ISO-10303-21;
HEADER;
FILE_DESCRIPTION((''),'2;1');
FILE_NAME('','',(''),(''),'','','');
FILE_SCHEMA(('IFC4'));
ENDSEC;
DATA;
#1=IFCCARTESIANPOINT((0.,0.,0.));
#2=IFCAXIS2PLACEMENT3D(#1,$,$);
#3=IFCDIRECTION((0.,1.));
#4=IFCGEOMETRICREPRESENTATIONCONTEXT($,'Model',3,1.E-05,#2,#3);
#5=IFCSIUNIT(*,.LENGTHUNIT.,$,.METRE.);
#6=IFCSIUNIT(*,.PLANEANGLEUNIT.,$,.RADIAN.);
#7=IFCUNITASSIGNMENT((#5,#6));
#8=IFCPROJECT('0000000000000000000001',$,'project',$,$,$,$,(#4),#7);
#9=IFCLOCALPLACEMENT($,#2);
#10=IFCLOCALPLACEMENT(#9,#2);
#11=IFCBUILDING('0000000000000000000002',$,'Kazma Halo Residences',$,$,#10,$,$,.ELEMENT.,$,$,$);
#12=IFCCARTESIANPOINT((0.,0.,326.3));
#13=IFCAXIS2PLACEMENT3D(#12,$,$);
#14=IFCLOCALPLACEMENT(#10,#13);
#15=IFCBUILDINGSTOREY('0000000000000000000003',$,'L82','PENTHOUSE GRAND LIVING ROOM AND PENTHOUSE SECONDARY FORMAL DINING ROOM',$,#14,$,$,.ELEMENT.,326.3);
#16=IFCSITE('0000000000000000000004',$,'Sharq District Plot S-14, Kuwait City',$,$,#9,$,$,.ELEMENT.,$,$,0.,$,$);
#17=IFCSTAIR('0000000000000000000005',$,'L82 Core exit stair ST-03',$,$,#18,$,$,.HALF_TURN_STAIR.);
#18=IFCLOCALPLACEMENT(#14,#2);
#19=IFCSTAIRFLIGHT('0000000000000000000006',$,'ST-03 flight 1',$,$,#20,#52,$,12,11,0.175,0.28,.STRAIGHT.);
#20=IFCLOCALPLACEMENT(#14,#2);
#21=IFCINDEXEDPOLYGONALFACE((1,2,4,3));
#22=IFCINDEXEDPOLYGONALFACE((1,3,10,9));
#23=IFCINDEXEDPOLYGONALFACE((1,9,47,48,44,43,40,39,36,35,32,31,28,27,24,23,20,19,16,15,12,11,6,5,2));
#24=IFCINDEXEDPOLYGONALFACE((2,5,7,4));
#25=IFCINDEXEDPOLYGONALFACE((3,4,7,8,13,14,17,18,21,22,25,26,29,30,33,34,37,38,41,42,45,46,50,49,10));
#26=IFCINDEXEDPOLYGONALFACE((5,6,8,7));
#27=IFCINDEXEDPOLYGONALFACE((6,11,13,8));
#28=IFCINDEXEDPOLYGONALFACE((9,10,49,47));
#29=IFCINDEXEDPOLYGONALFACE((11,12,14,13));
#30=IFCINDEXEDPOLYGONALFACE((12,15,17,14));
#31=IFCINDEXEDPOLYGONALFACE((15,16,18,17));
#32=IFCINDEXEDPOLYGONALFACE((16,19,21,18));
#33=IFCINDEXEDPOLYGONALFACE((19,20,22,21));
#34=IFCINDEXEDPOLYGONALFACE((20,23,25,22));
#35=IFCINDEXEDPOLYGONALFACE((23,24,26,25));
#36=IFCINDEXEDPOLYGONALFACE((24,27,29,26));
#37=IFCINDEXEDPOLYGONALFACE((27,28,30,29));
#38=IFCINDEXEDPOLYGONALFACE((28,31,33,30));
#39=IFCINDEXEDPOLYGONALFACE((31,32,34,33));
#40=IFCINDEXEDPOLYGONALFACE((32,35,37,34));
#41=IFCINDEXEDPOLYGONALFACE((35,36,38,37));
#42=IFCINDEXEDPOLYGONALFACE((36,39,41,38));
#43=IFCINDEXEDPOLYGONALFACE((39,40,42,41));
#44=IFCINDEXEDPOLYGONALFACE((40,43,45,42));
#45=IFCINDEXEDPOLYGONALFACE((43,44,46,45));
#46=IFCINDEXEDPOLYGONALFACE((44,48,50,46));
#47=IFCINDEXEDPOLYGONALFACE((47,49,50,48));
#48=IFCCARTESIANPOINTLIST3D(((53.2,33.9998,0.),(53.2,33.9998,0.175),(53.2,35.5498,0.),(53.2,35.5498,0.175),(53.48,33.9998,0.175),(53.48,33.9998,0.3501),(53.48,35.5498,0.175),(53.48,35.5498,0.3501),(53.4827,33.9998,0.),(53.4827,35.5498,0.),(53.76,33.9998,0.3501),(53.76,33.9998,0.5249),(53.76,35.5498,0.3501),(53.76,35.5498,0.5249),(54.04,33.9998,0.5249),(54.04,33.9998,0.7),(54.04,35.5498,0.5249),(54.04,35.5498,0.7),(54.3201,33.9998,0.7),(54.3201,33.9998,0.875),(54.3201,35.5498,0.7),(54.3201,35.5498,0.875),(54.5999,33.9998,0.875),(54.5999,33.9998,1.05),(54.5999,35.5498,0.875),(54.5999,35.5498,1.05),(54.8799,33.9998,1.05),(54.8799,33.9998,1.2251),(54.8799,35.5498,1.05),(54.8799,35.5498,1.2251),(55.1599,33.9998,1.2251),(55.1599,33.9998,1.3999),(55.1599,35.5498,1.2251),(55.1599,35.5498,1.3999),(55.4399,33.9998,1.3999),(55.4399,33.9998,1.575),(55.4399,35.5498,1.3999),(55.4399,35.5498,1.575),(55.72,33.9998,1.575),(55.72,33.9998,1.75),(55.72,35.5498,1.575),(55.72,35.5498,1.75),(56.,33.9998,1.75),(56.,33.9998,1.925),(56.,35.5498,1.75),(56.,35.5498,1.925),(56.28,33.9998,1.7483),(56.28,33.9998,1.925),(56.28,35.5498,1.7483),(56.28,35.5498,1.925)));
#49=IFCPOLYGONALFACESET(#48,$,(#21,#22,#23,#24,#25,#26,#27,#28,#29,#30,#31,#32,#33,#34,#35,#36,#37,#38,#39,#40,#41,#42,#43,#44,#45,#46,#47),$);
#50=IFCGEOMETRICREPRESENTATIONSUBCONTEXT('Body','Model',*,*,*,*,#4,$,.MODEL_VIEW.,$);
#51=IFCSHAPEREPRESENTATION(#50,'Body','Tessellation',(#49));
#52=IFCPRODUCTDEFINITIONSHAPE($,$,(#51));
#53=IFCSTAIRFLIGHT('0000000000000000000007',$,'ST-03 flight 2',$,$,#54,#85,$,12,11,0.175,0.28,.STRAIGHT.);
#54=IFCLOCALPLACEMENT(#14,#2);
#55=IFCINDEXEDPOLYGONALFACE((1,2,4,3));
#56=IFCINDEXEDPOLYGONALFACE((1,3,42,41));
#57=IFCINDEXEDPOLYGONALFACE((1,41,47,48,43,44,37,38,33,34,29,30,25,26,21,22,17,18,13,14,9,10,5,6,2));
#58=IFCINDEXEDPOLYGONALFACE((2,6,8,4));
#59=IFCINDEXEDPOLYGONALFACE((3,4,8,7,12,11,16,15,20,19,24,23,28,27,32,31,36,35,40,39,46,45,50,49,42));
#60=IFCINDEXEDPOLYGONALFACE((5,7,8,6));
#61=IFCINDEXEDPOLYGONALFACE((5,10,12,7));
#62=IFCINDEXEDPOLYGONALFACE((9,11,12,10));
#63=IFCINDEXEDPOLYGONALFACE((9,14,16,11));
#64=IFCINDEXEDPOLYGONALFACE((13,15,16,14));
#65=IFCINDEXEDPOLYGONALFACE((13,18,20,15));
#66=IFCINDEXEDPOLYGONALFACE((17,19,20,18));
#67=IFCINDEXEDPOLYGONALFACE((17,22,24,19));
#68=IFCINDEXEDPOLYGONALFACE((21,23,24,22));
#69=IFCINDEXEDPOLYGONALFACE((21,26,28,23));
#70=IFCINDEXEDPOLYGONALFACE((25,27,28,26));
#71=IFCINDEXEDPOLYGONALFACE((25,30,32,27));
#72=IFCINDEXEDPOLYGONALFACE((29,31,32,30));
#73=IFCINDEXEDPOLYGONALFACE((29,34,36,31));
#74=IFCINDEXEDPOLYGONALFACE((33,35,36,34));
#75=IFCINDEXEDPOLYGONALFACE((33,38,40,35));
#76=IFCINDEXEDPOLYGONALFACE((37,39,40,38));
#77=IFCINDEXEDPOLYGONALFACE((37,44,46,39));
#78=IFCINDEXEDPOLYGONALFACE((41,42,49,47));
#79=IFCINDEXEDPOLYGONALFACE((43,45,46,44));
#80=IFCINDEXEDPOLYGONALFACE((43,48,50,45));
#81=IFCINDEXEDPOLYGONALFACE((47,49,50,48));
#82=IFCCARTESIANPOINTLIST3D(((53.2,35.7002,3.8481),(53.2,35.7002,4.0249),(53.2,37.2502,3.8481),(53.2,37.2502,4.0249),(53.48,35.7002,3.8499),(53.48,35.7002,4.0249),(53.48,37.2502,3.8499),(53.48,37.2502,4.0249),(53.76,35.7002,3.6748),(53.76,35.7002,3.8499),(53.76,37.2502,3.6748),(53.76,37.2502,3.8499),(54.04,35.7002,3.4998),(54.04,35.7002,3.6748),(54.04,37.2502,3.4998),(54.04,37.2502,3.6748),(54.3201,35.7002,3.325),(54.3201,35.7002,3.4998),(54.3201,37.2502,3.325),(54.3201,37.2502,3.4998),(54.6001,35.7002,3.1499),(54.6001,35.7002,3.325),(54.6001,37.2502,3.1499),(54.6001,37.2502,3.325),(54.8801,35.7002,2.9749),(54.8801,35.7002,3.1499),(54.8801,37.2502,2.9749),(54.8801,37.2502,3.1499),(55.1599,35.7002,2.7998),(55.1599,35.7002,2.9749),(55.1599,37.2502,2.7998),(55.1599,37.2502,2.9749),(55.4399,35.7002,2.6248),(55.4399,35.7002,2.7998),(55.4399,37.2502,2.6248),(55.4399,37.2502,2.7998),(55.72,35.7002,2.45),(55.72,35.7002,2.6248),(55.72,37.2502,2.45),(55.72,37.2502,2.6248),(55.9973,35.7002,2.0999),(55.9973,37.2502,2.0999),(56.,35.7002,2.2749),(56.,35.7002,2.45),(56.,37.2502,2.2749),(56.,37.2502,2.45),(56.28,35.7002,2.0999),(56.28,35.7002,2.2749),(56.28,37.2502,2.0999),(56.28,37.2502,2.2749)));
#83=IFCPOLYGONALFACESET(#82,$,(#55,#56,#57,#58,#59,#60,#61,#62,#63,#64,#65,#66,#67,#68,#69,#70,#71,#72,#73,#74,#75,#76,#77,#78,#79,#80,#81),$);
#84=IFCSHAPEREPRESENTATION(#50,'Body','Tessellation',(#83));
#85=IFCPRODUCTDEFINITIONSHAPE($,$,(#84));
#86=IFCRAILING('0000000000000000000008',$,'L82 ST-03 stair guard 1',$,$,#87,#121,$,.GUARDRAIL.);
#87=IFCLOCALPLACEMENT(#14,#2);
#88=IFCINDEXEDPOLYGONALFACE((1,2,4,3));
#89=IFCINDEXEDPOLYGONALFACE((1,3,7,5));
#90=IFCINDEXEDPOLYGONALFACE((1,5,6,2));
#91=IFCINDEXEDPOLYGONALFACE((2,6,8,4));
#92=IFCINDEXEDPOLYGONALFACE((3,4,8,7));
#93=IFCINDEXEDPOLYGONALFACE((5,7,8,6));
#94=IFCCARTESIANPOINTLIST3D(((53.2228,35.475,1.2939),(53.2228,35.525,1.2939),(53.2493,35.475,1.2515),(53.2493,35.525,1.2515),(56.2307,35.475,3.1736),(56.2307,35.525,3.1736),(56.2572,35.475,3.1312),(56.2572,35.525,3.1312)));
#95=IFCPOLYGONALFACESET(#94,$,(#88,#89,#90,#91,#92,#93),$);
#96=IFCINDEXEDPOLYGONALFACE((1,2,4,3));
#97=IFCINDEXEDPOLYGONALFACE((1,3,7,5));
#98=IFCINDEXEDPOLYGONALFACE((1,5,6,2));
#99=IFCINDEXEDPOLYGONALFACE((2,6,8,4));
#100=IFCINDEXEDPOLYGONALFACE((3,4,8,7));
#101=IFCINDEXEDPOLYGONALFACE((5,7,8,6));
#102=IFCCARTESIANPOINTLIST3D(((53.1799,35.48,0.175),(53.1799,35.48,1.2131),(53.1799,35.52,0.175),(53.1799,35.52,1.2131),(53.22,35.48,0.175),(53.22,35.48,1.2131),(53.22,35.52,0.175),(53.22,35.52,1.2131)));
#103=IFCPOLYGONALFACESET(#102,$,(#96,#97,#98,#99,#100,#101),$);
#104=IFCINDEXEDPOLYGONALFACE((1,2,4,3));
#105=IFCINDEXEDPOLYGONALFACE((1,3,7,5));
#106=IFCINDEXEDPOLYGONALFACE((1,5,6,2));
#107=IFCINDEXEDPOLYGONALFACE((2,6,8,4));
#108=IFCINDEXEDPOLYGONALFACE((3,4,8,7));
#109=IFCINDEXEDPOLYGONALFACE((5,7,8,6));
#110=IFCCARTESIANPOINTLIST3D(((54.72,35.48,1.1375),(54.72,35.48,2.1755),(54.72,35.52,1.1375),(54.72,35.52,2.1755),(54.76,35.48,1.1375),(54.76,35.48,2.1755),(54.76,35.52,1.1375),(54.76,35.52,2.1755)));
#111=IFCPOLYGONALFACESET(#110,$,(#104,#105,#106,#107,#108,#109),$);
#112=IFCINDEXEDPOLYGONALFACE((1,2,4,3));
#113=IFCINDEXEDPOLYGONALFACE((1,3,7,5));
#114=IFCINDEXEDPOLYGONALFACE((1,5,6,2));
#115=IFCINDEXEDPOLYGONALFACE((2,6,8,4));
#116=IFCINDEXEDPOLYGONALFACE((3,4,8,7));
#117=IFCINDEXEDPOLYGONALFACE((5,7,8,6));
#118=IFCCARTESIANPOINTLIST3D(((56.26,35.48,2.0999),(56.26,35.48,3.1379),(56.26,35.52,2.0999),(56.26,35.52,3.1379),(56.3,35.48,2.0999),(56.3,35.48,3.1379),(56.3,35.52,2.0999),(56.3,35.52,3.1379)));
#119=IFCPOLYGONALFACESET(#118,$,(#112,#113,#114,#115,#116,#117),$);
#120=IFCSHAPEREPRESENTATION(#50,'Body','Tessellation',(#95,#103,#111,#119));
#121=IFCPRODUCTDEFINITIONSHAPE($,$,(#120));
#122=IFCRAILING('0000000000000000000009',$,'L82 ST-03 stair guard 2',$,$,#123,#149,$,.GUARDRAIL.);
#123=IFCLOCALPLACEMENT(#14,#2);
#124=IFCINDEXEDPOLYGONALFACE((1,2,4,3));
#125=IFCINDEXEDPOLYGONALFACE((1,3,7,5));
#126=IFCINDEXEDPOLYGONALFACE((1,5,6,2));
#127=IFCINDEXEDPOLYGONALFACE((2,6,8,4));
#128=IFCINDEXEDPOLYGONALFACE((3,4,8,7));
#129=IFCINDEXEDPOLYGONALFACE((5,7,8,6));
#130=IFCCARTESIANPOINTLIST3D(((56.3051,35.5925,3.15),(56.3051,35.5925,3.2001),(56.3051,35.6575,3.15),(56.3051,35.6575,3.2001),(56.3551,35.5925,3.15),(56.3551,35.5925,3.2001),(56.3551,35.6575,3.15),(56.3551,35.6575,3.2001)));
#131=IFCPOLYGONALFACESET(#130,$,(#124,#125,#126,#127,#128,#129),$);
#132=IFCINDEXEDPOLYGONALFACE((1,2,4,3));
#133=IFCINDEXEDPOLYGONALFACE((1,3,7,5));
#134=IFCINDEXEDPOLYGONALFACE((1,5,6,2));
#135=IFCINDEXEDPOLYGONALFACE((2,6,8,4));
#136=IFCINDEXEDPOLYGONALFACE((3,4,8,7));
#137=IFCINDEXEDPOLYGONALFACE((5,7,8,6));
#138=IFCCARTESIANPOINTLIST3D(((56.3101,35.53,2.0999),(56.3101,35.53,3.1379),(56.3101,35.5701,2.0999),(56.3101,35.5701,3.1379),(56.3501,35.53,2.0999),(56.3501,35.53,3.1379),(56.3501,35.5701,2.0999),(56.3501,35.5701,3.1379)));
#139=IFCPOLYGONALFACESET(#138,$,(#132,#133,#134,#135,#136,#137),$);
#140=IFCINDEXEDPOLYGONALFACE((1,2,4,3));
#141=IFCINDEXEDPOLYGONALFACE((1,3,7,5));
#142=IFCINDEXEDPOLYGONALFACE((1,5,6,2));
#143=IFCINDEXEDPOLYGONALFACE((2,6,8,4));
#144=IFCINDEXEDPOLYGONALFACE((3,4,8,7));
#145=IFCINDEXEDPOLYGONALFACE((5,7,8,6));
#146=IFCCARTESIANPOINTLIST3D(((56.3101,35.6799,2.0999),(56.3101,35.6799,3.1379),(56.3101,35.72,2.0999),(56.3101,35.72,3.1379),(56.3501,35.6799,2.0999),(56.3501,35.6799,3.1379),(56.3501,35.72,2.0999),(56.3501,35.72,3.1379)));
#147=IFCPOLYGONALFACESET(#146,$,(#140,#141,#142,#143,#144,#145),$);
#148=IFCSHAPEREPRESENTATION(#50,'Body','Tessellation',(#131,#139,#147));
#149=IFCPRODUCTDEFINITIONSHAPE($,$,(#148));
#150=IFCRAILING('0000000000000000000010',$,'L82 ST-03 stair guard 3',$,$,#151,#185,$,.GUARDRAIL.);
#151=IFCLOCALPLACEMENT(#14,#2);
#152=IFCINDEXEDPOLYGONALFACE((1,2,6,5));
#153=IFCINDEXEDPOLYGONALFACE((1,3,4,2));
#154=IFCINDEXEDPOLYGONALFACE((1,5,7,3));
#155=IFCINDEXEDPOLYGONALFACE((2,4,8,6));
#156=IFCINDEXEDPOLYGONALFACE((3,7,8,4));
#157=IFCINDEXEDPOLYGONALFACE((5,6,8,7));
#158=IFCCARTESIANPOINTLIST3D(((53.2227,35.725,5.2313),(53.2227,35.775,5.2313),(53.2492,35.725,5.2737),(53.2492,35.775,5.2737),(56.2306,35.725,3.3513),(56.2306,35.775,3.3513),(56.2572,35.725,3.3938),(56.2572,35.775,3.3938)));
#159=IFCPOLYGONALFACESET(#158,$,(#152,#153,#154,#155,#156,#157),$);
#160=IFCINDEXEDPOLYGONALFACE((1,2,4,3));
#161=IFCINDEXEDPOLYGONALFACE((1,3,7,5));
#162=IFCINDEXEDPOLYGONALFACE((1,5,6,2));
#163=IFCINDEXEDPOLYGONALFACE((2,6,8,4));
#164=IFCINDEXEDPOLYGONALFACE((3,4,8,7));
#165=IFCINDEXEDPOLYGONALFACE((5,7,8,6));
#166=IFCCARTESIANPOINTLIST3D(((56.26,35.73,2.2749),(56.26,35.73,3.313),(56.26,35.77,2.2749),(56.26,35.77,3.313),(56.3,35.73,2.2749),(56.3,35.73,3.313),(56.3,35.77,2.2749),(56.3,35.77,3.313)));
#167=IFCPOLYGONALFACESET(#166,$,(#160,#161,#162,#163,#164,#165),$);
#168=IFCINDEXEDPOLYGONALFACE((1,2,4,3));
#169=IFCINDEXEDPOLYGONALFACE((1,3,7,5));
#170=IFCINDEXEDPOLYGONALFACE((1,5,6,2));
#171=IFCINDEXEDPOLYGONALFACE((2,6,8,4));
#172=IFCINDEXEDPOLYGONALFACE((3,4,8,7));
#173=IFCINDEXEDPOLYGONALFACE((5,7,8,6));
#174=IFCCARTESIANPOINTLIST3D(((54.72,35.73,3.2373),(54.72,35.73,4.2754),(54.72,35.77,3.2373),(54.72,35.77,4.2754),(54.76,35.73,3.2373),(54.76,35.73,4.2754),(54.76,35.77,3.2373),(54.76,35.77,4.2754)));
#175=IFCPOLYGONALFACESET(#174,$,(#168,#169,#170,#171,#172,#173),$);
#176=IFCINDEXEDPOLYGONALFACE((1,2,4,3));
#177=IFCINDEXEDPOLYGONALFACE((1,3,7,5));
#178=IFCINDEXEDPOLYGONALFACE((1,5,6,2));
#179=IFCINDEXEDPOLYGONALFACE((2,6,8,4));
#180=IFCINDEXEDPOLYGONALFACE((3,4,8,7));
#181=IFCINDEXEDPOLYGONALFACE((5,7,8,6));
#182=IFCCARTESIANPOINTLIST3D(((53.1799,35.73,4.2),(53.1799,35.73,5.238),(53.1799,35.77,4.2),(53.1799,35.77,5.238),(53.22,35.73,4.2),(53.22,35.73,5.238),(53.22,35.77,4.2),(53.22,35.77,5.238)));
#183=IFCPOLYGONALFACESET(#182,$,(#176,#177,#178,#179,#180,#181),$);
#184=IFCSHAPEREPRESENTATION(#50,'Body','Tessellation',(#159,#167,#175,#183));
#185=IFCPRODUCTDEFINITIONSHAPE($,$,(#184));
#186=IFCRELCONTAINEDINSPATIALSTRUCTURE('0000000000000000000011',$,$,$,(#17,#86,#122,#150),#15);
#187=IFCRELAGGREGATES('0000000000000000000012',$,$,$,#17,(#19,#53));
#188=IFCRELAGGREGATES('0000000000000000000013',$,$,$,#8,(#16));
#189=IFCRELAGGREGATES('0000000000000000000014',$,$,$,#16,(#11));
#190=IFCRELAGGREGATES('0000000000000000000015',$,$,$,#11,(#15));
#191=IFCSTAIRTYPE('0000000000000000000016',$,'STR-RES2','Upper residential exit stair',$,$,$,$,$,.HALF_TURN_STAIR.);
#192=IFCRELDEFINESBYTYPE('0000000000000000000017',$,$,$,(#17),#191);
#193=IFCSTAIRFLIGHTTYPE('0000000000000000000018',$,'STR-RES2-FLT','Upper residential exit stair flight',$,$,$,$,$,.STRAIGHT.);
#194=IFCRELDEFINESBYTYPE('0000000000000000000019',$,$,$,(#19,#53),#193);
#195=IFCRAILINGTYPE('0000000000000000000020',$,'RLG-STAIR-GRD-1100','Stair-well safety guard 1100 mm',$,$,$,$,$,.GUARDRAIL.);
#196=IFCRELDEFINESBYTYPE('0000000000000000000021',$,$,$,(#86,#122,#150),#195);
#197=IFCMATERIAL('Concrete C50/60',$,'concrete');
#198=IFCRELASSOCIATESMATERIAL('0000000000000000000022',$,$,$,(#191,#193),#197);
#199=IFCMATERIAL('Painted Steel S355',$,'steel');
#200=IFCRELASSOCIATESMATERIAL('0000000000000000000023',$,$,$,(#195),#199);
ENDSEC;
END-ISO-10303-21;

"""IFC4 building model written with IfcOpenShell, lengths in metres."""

from ifc_helpers import new_model, si_unit, direction, frame, origin, origin_2d, place, context, subcontext, project, spatial, polyline, rectangle, outline, extrude, material, type_object, element, aggregate, save


model = new_model("IFC4")

# Units and contexts
model_context = context("Model", 3, precision=1e-05, world=origin(), true_north=direction((0.0, 1.0)))
body_context = subcontext(model_context, "Body", "Model", "MODEL_VIEW")
ifc_project = project(units=[si_unit("LENGTHUNIT", "METRE"), si_unit("PLANEANGLEUNIT", "RADIAN")], contexts=[model_context])

# Site, building, storey
site_placement = place(None, origin())
site = spatial("IfcSite", under=ifc_project, at=site_placement, Name="Sharq District Plot S-14, Kuwait City", CompositionType="ELEMENT", RefElevation=0.0)
building_placement = place(site_placement, origin())
building = spatial("IfcBuilding", under=site, at=building_placement, Name="Kazma Halo Residences", CompositionType="ELEMENT")
storey_placement = place(building_placement, frame((0.0, 0.0, 326.3)))
storey = spatial("IfcBuildingStorey", under=building, at=storey_placement, Name="L82", Description="PENTHOUSE GRAND LIVING ROOM AND PENTHOUSE SECONDARY FORMAL DINING ROOM", CompositionType="ELEMENT", Elevation=326.3)

# Shared definitions
ifc_material_1 = material(Name="Concrete C50/60", Category="concrete")

# Stair, stair flights
stair_type = type_object("IfcStairType", Name="STR-RES2", Description="Upper residential exit stair", PredefinedType="HALF_TURN_STAIR", material=ifc_material_1)
stair_placement = place(storey_placement, origin())
stair = element("IfcStair", 1, at=stair_placement, inside=storey, type_object=stair_type, Name="L82 Core exit stair ST-03", PredefinedType="HALF_TURN_STAIR")
stair_flight_type = type_object("IfcStairFlightType", Name="STR-RES2-FLT", Description="Upper residential exit stair flight", PredefinedType="STRAIGHT", material=ifc_material_1)
stair_flight_1_placement = place(storey_placement, frame((53.2, 34.7749, 0.0), z_axis=(0.0, 0.0, 1.0), x_axis=(1.0, 0.0, 0.0)))
stair_flight_1 = element("IfcStairFlight", 2, at=stair_flight_1_placement, type_object=stair_flight_type, Name="ST-03 flight 1", NumberOfRisers=12, NumberOfTreads=11, PredefinedType="STRAIGHT", RiserHeight=0.175, TreadLength=0.28, context=body_context, shape_type="SweptSolid", body=[
    extrude(outline(polyline([(0.0, 0.0), (0.0, 0.175), (0.28, 0.175), (0.28, 0.3501), (0.5601, 0.3501), (0.5601, 0.5249), (0.8401, 0.5249), (0.8401, 0.7), (1.1201, 0.7), (1.1201, 0.875), (1.3999, 0.875), (1.3999, 1.05), (1.6799, 1.05), (1.6799, 1.2251), (1.96, 1.2251), (1.96, 1.3999), (2.24, 1.3999), (2.24, 1.575), (2.52, 1.575), (2.52, 1.75), (2.8, 1.75), (2.8, 1.925), (3.0801, 1.925), (3.0801, 2.1001), (3.0801, 1.7483), (0.2827, 0.0), (0.0, 0.0)])), frame((0.0, 0.7749, 0.0), z_axis=(0.0, -1.0, 0.0), x_axis=(1.0, 0.0, 0.0)), (0.0, 0.0, 1.0), 1.55),
])
stair_flight_2_placement = place(storey_placement, frame((56.28, 36.4751, 2.0999), z_axis=(0.0, 0.0, 1.0), x_axis=(-1.0, 0.0, 0.0)))
stair_flight_2 = element("IfcStairFlight", 3, at=stair_flight_2_placement, type_object=stair_flight_type, Name="ST-03 flight 2", NumberOfRisers=12, NumberOfTreads=11, PredefinedType="STRAIGHT", RiserHeight=0.175, TreadLength=0.28, context=body_context, shape_type="SweptSolid", body=[
    extrude(outline(polyline([(0.0, 0.0), (0.0, 0.175), (0.28, 0.175), (0.28, 0.3501), (0.5601, 0.3501), (0.5601, 0.5249), (0.8401, 0.5249), (0.8401, 0.7), (1.1201, 0.7), (1.1201, 0.875), (1.3999, 0.875), (1.3999, 1.05), (1.6799, 1.05), (1.6799, 1.2251), (1.96, 1.2251), (1.96, 1.3999), (2.24, 1.3999), (2.24, 1.575), (2.52, 1.575), (2.52, 1.75), (2.8, 1.75), (2.8, 1.925), (3.0801, 1.925), (3.0801, 2.1001), (3.0801, 1.7483), (0.2827, 0.0), (0.0, 0.0)])), frame((0.0, 0.7749, 0.0), z_axis=(0.0, -1.0, 0.0), x_axis=(1.0, 0.0, 0.0)), (0.0, 0.0, 1.0), 1.55),
])
aggregate(stair, [stair_flight_1, stair_flight_2])

# Railings
ifc_material_2 = material(Name="Painted Steel S355", Category="steel")
railing_type_1 = type_object("IfcRailingType", Name="RLG-STAIR-GRD-1100", Description="Stair-well safety guard 1100 mm", PredefinedType="GUARDRAIL", material=ifc_material_2)
railing_1_placement = place(storey_placement, frame((53.2, 35.5, 0.175)))
element("IfcRailing", 4, at=railing_1_placement, inside=storey, type_object=railing_type_1, Name="L82 ST-03 stair guard 1", PredefinedType="GUARDRAIL", context=body_context, shape_type="SweptSolid", body=[
    extrude(rectangle(XDim=0.05, YDim=0.05, at=origin_2d()), frame((0.0361, 0.0, 1.0977), z_axis=(0.848029, 0.0, 0.529951), x_axis=(0.0, 1.0, 0.0)), (0.0, 0.0, 1.0), 3.5469),
    extrude(rectangle(XDim=0.04, YDim=0.04, at=origin_2d()), origin(), (0.0, 0.0, 1.0), 1.0381),
    extrude(rectangle(XDim=0.04, YDim=0.04, at=origin_2d()), frame((1.54, 0.0, 0.9624)), (0.0, 0.0, 1.0), 1.0381),
    extrude(rectangle(XDim=0.04, YDim=0.04, at=origin_2d()), frame((3.0801, 0.0, 1.9248)), (0.0, 0.0, 1.0), 1.0381),
])
railing_2_placement = place(storey_placement, frame((56.3301, 35.55, 2.0999)))
element("IfcRailing", 5, at=railing_2_placement, inside=storey, type_object=railing_type_1, Name="L82 ST-03 stair guard 2", PredefinedType="GUARDRAIL", context=body_context, shape_type="SweptSolid", body=[
    extrude(rectangle(XDim=0.05, YDim=0.05, at=origin_2d()), frame((0.0, 0.0425, 1.0752), z_axis=(0.0, 1.0, 0.0), x_axis=(-1.0, 0.0, 0.0)), (0.0, 0.0, 1.0), 0.0649),
    extrude(rectangle(XDim=0.04, YDim=0.04, at=origin_2d()), origin(), (0.0, 0.0, 1.0), 1.0381),
    extrude(rectangle(XDim=0.04, YDim=0.04, at=origin_2d()), frame((0.0, 0.1499, 0.0)), (0.0, 0.0, 1.0), 1.0381),
])
railing_3_placement = place(storey_placement, frame((56.28, 35.75, 2.2749)))
element("IfcRailing", 6, at=railing_3_placement, inside=storey, type_object=railing_type_1, Name="L82 ST-03 stair guard 3", PredefinedType="GUARDRAIL", context=body_context, shape_type="SweptSolid", body=[
    extrude(rectangle(XDim=0.05, YDim=0.05, at=origin_2d()), frame((-0.0361, 0.0, 1.0977), z_axis=(-0.847998, 0.0, 0.529999), x_axis=(0.0, -1.0, 0.0)), (0.0, 0.0, 1.0), 3.5471),
    extrude(rectangle(XDim=0.04, YDim=0.04, at=origin_2d()), origin(), (0.0, 0.0, 1.0), 1.0381),
    extrude(rectangle(XDim=0.04, YDim=0.04, at=origin_2d()), frame((-1.54, 0.0, 0.9624)), (0.0, 0.0, 1.0), 1.0381),
    extrude(rectangle(XDim=0.04, YDim=0.04, at=origin_2d()), frame((-3.0801, 0.0, 1.925)), (0.0, 0.0, 1.0), 1.0381),
])

save(model, "model.ifc")
